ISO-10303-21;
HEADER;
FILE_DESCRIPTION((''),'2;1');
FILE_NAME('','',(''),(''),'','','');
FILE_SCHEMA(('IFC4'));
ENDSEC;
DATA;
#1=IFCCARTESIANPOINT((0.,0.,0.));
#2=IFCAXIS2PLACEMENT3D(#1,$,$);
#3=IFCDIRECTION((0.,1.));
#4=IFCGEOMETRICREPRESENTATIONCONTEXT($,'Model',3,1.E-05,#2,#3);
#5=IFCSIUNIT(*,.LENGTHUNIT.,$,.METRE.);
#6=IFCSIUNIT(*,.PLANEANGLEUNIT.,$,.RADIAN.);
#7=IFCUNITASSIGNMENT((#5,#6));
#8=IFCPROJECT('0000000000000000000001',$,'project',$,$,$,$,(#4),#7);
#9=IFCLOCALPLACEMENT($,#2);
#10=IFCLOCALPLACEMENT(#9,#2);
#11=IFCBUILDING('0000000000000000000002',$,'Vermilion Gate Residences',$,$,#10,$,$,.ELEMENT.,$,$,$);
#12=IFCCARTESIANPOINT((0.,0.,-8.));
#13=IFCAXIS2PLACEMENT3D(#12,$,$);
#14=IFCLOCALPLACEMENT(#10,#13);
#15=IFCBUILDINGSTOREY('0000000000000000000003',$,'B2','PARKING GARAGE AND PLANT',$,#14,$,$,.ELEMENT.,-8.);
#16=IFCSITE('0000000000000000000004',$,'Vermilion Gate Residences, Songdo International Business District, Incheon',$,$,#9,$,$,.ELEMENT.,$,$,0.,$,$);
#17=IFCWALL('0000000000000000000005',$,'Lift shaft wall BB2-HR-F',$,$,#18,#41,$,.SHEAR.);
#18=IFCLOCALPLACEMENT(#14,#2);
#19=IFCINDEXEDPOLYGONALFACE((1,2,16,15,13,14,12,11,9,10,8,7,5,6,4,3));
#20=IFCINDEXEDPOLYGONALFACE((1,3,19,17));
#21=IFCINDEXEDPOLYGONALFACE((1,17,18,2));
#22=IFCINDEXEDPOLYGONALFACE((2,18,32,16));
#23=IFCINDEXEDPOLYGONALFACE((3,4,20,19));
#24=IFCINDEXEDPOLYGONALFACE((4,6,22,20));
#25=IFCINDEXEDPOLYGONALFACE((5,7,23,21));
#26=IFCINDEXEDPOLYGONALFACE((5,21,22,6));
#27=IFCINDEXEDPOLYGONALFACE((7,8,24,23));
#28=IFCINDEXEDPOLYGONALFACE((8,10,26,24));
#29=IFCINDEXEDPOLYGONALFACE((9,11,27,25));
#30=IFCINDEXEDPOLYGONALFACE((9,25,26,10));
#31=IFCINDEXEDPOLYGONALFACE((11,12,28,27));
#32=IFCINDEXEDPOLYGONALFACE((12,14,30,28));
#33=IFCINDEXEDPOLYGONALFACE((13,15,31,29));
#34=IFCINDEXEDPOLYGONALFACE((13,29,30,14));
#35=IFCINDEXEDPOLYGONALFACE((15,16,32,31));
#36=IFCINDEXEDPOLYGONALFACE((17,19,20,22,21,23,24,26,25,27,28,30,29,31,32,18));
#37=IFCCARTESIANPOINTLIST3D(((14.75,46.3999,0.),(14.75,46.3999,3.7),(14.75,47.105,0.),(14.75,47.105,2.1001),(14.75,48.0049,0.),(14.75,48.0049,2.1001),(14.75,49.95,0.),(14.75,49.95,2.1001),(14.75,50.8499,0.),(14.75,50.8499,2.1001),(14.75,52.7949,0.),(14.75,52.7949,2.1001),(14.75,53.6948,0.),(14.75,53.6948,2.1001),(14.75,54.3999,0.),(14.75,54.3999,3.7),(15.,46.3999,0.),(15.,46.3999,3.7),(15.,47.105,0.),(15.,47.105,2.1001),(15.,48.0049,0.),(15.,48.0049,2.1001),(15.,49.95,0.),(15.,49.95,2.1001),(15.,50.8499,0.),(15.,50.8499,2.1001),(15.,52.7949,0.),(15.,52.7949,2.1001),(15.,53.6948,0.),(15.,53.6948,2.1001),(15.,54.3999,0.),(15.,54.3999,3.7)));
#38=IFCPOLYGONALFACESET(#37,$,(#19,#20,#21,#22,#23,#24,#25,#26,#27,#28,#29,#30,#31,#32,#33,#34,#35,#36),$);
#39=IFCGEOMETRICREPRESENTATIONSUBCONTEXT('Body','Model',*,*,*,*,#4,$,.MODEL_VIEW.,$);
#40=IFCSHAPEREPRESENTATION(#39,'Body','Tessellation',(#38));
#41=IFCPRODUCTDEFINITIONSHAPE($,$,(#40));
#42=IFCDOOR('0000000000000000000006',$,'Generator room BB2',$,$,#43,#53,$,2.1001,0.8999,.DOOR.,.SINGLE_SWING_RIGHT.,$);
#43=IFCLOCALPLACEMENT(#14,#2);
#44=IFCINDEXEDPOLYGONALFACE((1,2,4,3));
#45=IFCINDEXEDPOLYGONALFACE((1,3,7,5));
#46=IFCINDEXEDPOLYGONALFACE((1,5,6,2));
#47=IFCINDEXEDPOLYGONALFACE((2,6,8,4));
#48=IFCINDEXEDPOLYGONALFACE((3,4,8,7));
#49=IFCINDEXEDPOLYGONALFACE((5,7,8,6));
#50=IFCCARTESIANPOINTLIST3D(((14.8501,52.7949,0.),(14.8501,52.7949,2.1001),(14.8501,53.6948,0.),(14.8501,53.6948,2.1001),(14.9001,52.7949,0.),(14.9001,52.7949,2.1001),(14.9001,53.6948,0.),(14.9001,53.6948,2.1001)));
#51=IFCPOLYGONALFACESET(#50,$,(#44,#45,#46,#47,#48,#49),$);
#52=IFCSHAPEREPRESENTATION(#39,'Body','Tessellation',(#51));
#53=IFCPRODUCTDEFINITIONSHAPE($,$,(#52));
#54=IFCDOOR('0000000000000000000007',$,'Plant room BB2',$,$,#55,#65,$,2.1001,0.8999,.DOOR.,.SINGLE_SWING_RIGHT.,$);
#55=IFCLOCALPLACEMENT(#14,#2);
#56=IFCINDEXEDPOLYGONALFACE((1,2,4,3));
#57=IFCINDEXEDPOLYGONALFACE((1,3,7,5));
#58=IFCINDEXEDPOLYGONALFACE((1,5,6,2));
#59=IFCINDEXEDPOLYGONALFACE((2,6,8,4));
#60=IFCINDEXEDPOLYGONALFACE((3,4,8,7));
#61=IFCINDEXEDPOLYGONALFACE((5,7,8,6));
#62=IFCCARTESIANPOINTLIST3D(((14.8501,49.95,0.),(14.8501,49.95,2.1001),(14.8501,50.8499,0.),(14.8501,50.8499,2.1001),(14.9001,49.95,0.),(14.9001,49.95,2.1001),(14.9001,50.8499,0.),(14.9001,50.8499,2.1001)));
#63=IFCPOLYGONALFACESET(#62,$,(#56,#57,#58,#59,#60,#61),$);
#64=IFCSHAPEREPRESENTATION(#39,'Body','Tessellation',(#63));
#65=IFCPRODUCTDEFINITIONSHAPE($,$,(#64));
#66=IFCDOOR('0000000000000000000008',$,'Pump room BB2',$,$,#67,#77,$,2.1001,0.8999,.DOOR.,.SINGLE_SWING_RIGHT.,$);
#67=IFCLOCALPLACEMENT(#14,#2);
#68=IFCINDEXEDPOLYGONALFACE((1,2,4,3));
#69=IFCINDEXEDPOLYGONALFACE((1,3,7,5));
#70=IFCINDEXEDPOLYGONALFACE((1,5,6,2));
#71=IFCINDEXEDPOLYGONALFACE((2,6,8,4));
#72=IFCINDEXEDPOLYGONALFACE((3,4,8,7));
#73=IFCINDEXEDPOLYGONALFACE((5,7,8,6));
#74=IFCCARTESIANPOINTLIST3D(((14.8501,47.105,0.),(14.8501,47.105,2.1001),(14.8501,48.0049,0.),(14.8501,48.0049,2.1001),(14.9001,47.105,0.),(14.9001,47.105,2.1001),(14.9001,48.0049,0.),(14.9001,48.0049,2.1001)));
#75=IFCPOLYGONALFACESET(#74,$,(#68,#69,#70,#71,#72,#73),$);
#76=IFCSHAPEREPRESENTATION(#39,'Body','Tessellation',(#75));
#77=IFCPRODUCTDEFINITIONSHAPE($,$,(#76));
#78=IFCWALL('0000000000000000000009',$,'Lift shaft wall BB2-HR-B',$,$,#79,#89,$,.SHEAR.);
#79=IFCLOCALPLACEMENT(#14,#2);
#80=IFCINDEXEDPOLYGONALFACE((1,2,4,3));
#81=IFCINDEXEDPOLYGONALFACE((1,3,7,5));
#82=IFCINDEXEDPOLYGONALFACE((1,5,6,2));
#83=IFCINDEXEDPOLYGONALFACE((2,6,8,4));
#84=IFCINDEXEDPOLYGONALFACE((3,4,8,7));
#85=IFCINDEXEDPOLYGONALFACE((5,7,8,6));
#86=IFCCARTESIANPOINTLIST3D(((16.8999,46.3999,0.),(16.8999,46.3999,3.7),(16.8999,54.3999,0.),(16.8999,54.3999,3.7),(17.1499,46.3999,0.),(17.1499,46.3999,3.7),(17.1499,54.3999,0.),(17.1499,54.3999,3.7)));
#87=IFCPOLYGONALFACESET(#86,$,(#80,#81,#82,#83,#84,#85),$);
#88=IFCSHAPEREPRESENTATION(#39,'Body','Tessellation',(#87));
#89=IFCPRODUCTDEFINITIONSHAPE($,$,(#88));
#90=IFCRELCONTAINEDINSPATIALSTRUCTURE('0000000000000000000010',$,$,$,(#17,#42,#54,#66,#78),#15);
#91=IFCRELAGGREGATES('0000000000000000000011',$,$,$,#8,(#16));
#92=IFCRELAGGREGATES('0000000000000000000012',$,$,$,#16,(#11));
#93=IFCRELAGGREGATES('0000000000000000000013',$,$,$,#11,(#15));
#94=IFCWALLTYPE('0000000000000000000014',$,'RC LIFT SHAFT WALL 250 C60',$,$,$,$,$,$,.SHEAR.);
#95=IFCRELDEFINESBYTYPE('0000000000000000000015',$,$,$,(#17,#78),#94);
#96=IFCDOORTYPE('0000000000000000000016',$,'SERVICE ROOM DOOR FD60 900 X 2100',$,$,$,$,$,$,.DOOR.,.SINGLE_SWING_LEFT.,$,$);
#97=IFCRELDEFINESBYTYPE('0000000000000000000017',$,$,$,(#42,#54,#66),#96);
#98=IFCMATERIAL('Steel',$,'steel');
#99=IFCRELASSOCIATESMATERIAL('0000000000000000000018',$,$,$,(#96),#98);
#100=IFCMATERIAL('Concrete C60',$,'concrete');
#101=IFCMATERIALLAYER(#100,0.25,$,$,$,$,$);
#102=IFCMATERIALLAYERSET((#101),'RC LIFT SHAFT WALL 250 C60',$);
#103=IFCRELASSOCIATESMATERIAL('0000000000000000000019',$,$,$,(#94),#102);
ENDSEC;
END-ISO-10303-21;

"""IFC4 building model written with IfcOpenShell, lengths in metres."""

from ifc_helpers import new_model, si_unit, direction, frame, frame_2d, origin, place, context, subcontext, project, spatial, rectangle, extrude, material, layer, layer_set, type_object, element, fill, save


model = new_model("IFC4")

# Units and contexts
model_context = context("Model", 3, precision=1e-05, world=origin(), true_north=direction((0.0, 1.0)))
body_context = subcontext(model_context, "Body", "Model", "MODEL_VIEW")
ifc_project = project(units=[si_unit("LENGTHUNIT", "METRE"), si_unit("PLANEANGLEUNIT", "RADIAN")], contexts=[model_context])

# Site, building, storey
site_placement = place(None, origin())
site = spatial("IfcSite", under=ifc_project, at=site_placement, Name="Vermilion Gate Residences, Songdo International Business District, Incheon", CompositionType="ELEMENT", RefElevation=0.0)
building_placement = place(site_placement, origin())
building = spatial("IfcBuilding", under=site, at=building_placement, Name="Vermilion Gate Residences", CompositionType="ELEMENT")
storey_placement = place(building_placement, frame((0.0, 0.0, -8.0)))
storey = spatial("IfcBuildingStorey", under=building, at=storey_placement, Name="B2", Description="PARKING GARAGE AND PLANT", CompositionType="ELEMENT", Elevation=-8.0)

# Shared definitions
ifc_material_1 = material(Name="Steel", Category="steel")
door_type_1 = type_object("IfcDoorType", Name="SERVICE ROOM DOOR FD60 900 X 2100", OperationType="SINGLE_SWING_LEFT", PredefinedType="DOOR", material=ifc_material_1)

# Wall, openings, doors
ifc_material_2 = material(Name="Concrete C60", Category="concrete")
ifc_layer_1 = layer(ifc_material_2, 0.25)
ifc_layer_set_1 = layer_set([ifc_layer_1], Name="RC LIFT SHAFT WALL 250 C60")
wall_type_1 = type_object("IfcWallType", Name="RC LIFT SHAFT WALL 250 C60", PredefinedType="SHEAR", material=ifc_layer_set_1)
wall_1_placement = place(storey_placement, frame((14.875, 54.3999, 0.0), z_axis=(0.0, 0.0, 1.0), x_axis=(0.0, -1.0, 0.0)))
wall_1 = element("IfcWall", 1, at=wall_1_placement, inside=storey, type_object=wall_type_1, Name="Lift shaft wall BB2-HR-F", PredefinedType="SHEAR", context=body_context, shape_type="SweptSolid", body=[
    extrude(rectangle(XDim=8.0, YDim=0.25, at=frame_2d((4.0, 0.0))), origin(), (0.0, 0.0, 1.0), 3.7),
])
opening_1_placement = place(wall_1_placement, frame((0.7051, 0.0, 0.0)))
opening_1 = element("IfcOpeningElement", 2, at=opening_1_placement, cuts=wall_1, PredefinedType="OPENING", context=body_context, shape_type="SweptSolid", body=[
    extrude(rectangle(XDim=0.8999, YDim=2.1001, at=frame_2d((0.45, 1.05))), frame((0.0, 0.135, 0.0), z_axis=(0.0, -1.0, 0.0), x_axis=(1.0, 0.0, 0.0)), (0.0, 0.0, 1.0), 0.27),
])
opening_2_placement = place(wall_1_placement, frame((3.55, 0.0, 0.0)))
opening_2 = element("IfcOpeningElement", 3, at=opening_2_placement, cuts=wall_1, PredefinedType="OPENING", context=body_context, shape_type="SweptSolid", body=[
    extrude(rectangle(XDim=0.8999, YDim=2.1001, at=frame_2d((0.45, 1.05))), frame((0.0, 0.135, 0.0), z_axis=(0.0, -1.0, 0.0), x_axis=(1.0, 0.0, 0.0)), (0.0, 0.0, 1.0), 0.27),
])
opening_3_placement = place(wall_1_placement, frame((6.395, 0.0, 0.0)))
opening_3 = element("IfcOpeningElement", 4, at=opening_3_placement, cuts=wall_1, PredefinedType="OPENING", context=body_context, shape_type="SweptSolid", body=[
    extrude(rectangle(XDim=0.8999, YDim=2.1001, at=frame_2d((0.45, 1.05))), frame((0.0, 0.135, 0.0), z_axis=(0.0, -1.0, 0.0), x_axis=(1.0, 0.0, 0.0)), (0.0, 0.0, 1.0), 0.27),
])
door_1_placement = place(opening_1_placement, frame((0.8999, 0.0, 0.0), z_axis=(0.0, 0.0, 1.0), x_axis=(-1.0, 0.0, 0.0)))
door_1 = element("IfcDoor", 5, at=door_1_placement, inside=storey, type_object=door_type_1, Name="Generator room BB2", OperationType="SINGLE_SWING_RIGHT", OverallHeight=2.1001, OverallWidth=0.8999, PredefinedType="DOOR", context=body_context, shape_type="SweptSolid", body=[
    extrude(rectangle(XDim=0.8999, YDim=2.1001, at=frame_2d((0.45, 1.05))), frame((0.0, 0.0249, 0.0), z_axis=(0.0, -1.0, 0.0), x_axis=(1.0, 0.0, 0.0)), (0.0, 0.0, 1.0), 0.05),
])
fill(opening_1, door_1)
door_2_placement = place(opening_2_placement, frame((0.8999, 0.0, 0.0), z_axis=(0.0, 0.0, 1.0), x_axis=(-1.0, 0.0, 0.0)))
door_2 = element("IfcDoor", 6, at=door_2_placement, inside=storey, type_object=door_type_1, Name="Plant room BB2", OperationType="SINGLE_SWING_RIGHT", OverallHeight=2.1001, OverallWidth=0.8999, PredefinedType="DOOR", context=body_context, shape_type="SweptSolid", body=[
    extrude(rectangle(XDim=0.8999, YDim=2.1001, at=frame_2d((0.45, 1.05))), frame((0.0, 0.0249, 0.0), z_axis=(0.0, -1.0, 0.0), x_axis=(1.0, 0.0, 0.0)), (0.0, 0.0, 1.0), 0.05),
])
fill(opening_2, door_2)
door_3_placement = place(opening_3_placement, frame((0.8999, 0.0, 0.0), z_axis=(0.0, 0.0, 1.0), x_axis=(-1.0, 0.0, 0.0)))
door_3 = element("IfcDoor", 7, at=door_3_placement, inside=storey, type_object=door_type_1, Name="Pump room BB2", OperationType="SINGLE_SWING_RIGHT", OverallHeight=2.1001, OverallWidth=0.8999, PredefinedType="DOOR", context=body_context, shape_type="SweptSolid", body=[
    extrude(rectangle(XDim=0.8999, YDim=2.1001, at=frame_2d((0.45, 1.05))), frame((0.0, 0.0249, 0.0), z_axis=(0.0, -1.0, 0.0), x_axis=(1.0, 0.0, 0.0)), (0.0, 0.0, 1.0), 0.05),
])
fill(opening_3, door_3)

# Wall
wall_2_placement = place(storey_placement, frame((17.0249, 54.3999, 0.0), z_axis=(0.0, 0.0, 1.0), x_axis=(0.0, -1.0, 0.0)))
element("IfcWall", 8, at=wall_2_placement, inside=storey, type_object=wall_type_1, Name="Lift shaft wall BB2-HR-B", PredefinedType="SHEAR", context=body_context, shape_type="SweptSolid", body=[
    extrude(rectangle(XDim=8.0, YDim=0.25, at=frame_2d((4.0, 0.0))), origin(), (0.0, 0.0, 1.0), 3.7),
])

save(model, "model.ifc")
